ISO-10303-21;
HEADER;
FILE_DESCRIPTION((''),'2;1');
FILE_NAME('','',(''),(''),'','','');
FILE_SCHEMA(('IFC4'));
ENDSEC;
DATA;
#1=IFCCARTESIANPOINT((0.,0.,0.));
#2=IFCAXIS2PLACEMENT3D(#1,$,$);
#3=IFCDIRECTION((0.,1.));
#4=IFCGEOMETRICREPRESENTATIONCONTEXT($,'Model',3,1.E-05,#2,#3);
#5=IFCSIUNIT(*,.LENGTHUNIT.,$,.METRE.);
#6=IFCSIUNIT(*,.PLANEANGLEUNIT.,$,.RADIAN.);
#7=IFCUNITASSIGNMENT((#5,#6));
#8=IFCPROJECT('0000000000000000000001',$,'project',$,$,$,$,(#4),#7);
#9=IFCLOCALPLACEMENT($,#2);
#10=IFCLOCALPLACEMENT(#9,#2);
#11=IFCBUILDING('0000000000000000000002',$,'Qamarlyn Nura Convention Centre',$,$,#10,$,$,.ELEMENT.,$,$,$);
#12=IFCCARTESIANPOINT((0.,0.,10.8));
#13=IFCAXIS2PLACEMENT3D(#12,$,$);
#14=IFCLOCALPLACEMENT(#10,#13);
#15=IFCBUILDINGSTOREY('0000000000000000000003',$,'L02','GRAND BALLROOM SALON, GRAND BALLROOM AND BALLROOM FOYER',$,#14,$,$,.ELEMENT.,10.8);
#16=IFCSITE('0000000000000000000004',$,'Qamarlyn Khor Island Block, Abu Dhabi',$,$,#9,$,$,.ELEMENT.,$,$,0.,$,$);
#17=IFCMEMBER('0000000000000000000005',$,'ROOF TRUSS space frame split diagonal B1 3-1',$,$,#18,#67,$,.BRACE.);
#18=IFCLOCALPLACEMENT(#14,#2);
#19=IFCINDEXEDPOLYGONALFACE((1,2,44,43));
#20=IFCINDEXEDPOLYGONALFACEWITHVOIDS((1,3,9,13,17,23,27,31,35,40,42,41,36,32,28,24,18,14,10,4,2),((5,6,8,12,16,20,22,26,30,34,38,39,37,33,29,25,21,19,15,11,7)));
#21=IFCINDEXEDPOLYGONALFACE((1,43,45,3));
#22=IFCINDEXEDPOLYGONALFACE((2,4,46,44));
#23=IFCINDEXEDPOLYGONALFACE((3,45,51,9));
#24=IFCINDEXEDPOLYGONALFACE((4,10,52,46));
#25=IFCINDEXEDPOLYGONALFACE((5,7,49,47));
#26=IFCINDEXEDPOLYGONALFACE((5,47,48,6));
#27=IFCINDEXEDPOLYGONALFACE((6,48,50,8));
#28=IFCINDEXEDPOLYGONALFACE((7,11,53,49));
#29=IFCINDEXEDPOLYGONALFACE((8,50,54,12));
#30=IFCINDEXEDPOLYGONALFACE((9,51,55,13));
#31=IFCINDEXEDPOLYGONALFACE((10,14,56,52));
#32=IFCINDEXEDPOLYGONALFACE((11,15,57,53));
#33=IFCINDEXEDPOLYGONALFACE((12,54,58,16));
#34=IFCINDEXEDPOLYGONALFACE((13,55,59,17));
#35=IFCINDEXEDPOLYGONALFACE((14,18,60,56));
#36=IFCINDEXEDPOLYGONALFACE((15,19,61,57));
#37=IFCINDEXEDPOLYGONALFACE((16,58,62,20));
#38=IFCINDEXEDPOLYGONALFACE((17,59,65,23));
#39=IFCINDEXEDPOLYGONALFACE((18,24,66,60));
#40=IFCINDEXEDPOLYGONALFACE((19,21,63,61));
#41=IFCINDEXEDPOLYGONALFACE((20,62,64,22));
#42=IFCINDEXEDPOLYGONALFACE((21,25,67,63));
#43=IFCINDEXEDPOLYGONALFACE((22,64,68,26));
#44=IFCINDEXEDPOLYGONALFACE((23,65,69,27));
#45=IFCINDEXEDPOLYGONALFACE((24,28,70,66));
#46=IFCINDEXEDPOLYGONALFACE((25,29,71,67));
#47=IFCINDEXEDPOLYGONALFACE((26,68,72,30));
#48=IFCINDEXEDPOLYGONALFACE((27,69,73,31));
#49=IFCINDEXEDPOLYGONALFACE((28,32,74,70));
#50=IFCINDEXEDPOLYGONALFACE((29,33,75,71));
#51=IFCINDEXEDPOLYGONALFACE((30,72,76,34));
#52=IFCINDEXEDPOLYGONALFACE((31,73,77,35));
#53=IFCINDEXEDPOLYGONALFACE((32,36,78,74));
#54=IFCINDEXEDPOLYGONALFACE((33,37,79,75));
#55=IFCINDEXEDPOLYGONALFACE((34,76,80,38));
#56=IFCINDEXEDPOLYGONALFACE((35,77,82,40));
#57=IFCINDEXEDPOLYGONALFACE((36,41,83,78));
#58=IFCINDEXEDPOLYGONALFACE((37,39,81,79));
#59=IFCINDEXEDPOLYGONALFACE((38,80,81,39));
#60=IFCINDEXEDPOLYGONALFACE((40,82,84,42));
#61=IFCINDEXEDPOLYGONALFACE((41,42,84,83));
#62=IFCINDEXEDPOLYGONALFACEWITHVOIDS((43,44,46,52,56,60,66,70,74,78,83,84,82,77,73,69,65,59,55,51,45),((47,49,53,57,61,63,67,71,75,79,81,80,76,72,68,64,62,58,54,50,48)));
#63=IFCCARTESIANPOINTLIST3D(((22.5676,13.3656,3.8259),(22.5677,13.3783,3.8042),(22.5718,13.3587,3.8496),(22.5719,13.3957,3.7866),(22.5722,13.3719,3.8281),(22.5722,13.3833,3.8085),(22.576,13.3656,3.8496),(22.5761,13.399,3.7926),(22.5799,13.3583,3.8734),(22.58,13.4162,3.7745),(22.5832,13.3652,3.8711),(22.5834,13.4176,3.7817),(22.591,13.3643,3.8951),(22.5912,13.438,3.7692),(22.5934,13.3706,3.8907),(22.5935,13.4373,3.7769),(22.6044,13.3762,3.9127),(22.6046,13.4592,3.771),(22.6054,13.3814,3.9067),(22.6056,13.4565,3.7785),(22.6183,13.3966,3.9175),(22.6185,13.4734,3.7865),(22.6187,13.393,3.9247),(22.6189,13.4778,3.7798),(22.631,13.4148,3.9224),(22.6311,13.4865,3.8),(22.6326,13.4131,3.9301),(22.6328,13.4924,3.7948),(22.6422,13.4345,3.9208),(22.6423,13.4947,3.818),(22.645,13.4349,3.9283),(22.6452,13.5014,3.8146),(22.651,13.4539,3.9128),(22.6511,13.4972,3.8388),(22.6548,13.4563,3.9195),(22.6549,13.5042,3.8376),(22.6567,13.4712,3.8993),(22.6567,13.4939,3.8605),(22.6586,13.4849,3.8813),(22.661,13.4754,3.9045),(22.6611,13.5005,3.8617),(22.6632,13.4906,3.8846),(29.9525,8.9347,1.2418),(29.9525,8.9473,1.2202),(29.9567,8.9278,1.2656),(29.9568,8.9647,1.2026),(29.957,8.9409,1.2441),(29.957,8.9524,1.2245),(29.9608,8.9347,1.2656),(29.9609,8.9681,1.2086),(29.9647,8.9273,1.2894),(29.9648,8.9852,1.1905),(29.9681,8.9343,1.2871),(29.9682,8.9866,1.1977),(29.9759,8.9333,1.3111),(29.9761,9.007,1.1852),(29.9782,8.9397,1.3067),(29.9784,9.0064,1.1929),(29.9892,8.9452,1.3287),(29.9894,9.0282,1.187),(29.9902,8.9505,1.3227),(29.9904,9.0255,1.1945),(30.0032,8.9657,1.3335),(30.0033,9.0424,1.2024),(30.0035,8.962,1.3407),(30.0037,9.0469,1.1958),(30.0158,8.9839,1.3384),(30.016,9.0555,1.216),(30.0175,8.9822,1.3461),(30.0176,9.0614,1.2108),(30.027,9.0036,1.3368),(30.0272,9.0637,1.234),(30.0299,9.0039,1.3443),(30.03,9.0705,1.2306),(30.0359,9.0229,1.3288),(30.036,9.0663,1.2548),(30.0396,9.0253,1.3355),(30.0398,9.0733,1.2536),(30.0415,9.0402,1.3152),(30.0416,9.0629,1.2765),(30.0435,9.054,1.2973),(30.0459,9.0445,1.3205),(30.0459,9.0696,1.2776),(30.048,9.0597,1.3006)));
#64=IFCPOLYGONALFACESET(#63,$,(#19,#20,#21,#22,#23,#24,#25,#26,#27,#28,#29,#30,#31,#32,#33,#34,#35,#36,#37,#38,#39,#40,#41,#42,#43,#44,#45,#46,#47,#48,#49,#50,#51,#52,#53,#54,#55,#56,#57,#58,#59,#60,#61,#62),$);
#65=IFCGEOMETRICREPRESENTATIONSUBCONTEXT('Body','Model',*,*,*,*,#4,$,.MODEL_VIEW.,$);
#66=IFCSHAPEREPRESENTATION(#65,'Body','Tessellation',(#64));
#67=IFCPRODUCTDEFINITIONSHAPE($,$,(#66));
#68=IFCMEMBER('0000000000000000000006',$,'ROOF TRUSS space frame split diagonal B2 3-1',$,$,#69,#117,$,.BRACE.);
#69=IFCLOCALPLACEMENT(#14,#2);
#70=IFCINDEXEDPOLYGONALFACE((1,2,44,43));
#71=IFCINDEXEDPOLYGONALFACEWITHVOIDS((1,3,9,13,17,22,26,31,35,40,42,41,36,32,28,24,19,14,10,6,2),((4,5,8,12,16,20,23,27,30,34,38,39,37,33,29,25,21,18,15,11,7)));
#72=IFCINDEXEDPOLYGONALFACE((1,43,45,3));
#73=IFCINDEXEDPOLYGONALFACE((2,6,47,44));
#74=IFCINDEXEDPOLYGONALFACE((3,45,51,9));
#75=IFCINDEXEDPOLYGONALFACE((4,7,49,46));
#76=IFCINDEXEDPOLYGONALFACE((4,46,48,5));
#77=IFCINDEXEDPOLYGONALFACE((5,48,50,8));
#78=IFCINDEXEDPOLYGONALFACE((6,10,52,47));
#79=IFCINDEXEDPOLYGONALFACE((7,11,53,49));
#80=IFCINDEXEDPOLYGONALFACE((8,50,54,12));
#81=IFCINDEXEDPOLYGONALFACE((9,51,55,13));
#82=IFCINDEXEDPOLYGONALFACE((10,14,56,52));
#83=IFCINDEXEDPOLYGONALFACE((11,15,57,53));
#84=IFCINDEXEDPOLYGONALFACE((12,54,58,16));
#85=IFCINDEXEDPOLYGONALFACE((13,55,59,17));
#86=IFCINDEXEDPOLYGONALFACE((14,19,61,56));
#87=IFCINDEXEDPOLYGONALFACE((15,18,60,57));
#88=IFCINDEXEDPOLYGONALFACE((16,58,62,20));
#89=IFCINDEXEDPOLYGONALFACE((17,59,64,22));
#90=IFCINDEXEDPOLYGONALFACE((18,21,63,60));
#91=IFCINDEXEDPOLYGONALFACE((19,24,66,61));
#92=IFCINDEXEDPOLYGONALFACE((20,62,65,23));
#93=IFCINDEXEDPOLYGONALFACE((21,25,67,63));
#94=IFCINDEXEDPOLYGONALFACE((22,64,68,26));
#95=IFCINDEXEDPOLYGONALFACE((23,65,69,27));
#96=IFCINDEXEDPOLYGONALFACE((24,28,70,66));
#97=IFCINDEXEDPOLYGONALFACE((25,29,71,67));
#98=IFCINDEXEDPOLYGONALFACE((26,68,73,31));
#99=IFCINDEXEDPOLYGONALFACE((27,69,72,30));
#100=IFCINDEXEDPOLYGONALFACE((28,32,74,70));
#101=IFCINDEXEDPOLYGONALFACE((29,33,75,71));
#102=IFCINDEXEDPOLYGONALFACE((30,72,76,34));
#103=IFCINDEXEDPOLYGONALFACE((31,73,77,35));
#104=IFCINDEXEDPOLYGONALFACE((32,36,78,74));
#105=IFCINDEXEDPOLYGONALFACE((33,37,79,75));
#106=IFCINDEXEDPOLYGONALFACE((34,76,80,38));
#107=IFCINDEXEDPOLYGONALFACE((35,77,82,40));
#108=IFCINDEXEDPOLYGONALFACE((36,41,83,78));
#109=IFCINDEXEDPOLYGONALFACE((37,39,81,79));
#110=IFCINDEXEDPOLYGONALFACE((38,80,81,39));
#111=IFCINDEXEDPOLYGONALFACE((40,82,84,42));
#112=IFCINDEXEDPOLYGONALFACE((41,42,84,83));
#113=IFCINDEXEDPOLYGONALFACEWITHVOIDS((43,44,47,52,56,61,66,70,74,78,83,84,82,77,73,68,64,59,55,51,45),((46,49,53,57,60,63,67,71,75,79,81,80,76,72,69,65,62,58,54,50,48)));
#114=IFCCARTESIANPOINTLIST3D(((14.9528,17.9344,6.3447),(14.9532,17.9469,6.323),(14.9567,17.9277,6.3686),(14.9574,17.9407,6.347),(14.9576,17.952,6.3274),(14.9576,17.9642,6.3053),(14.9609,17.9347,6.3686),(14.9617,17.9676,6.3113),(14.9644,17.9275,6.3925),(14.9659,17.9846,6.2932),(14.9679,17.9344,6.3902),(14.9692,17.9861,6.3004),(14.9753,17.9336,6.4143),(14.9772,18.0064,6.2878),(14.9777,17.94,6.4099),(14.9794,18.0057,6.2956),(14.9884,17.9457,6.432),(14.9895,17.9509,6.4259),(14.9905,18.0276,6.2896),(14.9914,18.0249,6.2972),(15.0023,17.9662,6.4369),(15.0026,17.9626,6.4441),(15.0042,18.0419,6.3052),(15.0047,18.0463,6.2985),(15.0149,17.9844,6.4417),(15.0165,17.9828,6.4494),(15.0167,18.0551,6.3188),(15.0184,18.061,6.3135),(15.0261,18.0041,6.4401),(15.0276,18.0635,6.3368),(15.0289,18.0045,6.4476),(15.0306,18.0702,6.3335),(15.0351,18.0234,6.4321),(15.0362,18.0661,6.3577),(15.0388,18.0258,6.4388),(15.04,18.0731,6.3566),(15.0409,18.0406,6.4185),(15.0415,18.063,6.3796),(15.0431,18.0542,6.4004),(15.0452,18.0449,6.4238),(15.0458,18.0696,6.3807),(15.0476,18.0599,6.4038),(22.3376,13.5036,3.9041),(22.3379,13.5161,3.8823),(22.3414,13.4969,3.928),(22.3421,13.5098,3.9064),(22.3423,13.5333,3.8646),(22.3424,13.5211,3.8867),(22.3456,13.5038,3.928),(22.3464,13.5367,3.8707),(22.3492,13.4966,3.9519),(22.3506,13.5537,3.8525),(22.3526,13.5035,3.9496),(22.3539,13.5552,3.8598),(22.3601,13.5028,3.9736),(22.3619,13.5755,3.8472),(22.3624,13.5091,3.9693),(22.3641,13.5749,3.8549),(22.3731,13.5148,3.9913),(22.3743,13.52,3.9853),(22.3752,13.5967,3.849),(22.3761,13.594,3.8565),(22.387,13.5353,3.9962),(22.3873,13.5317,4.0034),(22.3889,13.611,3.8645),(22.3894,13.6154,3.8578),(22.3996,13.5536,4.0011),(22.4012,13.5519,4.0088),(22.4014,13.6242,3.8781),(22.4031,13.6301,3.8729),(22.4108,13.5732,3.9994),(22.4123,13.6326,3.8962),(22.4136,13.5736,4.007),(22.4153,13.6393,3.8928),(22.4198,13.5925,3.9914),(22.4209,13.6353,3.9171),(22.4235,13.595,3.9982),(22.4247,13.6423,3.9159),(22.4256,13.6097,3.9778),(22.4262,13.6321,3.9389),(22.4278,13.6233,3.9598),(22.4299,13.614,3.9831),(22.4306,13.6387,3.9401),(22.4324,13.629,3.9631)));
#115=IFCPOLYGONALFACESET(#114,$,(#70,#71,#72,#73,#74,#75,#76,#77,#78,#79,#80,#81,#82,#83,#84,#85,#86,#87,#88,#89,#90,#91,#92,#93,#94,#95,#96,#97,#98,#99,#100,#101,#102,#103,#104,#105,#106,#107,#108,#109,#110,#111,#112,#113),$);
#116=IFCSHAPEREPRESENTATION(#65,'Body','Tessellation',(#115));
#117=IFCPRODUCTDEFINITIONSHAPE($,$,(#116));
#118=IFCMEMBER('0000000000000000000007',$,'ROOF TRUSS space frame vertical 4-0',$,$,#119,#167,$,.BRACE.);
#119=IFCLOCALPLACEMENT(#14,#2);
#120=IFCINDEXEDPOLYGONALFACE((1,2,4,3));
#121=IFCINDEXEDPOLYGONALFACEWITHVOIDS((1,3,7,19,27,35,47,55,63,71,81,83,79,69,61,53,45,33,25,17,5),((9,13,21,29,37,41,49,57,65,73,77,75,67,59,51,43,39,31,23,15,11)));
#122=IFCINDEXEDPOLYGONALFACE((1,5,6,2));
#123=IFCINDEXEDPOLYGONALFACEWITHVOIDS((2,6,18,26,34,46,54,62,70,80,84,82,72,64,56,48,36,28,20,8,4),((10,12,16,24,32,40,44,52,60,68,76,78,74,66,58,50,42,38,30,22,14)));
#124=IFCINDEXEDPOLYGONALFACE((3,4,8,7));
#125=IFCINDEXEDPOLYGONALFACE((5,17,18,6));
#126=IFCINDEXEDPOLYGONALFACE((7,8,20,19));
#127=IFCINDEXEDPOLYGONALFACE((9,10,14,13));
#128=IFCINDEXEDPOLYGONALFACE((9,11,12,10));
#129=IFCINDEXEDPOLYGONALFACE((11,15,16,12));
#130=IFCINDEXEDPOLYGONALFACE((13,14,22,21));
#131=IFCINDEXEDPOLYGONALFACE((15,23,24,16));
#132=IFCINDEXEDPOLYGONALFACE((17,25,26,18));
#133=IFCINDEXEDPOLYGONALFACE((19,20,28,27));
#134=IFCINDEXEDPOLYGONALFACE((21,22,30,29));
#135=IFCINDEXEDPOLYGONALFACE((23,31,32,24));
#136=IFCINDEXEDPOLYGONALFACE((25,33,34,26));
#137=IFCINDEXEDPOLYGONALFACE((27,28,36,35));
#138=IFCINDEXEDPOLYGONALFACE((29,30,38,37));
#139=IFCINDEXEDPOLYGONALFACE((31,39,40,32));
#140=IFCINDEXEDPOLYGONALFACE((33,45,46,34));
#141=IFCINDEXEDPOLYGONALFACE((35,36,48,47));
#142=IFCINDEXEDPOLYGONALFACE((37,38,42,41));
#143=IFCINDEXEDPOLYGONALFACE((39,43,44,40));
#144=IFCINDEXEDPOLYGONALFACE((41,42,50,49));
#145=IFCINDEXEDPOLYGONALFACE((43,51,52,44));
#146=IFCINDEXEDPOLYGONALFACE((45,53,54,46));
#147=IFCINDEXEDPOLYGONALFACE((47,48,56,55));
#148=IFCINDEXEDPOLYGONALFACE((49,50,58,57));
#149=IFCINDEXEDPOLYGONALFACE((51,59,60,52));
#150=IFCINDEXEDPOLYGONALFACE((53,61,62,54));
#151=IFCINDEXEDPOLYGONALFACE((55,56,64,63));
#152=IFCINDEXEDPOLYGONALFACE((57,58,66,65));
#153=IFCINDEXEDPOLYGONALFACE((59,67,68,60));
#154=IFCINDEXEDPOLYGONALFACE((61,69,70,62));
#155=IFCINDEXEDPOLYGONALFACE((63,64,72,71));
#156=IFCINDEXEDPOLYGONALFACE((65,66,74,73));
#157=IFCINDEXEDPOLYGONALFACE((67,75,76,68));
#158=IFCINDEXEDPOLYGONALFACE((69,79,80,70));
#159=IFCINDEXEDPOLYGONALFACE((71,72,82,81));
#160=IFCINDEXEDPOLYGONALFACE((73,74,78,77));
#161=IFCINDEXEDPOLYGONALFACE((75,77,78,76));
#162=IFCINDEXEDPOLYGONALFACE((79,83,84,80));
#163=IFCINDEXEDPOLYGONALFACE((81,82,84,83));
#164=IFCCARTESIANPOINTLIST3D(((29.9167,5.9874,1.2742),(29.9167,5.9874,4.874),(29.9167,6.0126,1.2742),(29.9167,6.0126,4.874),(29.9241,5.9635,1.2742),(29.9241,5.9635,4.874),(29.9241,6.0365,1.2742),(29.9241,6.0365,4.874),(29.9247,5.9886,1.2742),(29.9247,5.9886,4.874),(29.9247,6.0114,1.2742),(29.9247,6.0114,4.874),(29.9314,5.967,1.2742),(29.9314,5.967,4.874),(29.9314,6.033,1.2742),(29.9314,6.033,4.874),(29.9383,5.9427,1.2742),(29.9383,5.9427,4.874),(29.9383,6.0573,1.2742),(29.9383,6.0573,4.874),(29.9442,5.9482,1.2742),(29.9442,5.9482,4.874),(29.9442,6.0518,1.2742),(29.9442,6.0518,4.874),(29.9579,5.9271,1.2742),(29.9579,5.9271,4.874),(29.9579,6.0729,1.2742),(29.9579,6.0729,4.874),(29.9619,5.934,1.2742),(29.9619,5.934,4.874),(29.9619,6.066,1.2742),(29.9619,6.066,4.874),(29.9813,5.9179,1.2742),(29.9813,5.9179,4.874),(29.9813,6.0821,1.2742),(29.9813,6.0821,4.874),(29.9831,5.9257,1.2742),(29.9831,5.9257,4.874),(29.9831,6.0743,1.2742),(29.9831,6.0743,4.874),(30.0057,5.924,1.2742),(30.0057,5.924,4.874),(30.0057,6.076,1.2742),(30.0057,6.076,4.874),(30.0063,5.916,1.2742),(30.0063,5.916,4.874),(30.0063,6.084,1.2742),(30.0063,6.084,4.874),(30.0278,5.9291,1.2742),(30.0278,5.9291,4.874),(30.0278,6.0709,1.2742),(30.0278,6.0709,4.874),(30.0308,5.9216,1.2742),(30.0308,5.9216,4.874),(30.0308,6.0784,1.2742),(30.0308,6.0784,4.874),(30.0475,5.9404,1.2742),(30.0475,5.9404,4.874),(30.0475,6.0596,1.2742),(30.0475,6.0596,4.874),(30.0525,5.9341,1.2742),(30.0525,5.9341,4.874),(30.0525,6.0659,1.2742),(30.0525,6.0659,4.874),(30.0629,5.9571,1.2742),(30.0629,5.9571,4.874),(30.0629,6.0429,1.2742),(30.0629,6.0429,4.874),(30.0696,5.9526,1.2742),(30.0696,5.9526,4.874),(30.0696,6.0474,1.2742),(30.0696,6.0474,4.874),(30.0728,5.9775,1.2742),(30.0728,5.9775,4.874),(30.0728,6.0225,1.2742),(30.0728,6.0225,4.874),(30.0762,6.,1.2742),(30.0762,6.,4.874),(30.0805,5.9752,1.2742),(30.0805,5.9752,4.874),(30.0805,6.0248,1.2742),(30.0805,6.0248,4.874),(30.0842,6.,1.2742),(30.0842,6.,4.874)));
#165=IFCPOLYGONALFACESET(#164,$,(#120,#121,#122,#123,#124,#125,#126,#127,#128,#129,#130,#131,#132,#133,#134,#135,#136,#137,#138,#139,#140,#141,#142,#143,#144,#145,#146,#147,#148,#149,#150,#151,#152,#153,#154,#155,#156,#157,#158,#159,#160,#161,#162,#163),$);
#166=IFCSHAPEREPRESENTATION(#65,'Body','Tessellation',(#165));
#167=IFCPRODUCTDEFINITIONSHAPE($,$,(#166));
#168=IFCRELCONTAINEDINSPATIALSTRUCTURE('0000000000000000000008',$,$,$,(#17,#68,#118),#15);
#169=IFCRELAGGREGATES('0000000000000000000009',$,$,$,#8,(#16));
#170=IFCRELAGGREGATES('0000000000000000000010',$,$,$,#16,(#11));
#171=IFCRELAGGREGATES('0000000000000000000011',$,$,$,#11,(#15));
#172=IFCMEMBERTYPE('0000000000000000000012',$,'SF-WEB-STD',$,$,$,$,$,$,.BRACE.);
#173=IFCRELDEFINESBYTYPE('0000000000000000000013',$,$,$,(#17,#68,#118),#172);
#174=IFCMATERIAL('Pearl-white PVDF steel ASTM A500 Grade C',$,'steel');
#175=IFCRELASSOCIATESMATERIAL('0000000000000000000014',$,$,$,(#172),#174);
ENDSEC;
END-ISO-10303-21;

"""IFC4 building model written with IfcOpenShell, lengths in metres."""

from ifc_helpers import new_model, si_unit, direction, frame, origin, origin_2d, place, context, subcontext, project, spatial, hollow_circle, extrude, material, material_profile, profile_set, type_object, element, save


model = new_model("IFC4")

# Units and contexts
model_context = context("Model", 3, precision=1e-05, world=origin(), true_north=direction((0.0, 1.0)))
body_context = subcontext(model_context, "Body", "Model", "MODEL_VIEW")
ifc_project = project(units=[si_unit("LENGTHUNIT", "METRE"), si_unit("PLANEANGLEUNIT", "RADIAN")], contexts=[model_context])

# Site, building, storey
site_placement = place(None, origin())
site = spatial("IfcSite", under=ifc_project, at=site_placement, Name="Qamarlyn Khor Island Block, Abu Dhabi", CompositionType="ELEMENT", RefElevation=0.0)
building_placement = place(site_placement, origin())
building = spatial("IfcBuilding", under=site, at=building_placement, Name="Qamarlyn Nura Convention Centre", CompositionType="ELEMENT")
storey_placement = place(building_placement, frame((0.0, 0.0, 10.8)))
storey = spatial("IfcBuildingStorey", under=building, at=storey_placement, Name="L02", Description="GRAND BALLROOM SALON, GRAND BALLROOM AND BALLROOM FOYER", CompositionType="ELEMENT", Elevation=10.8)

# Members
ifc_material_1 = material(Name="Pearl-white PVDF steel ASTM A500 Grade C", Category="steel")
ifc_material_profile_1 = material_profile(ifc_material_1, hollow_circle(Radius=0.0842, WallThickness=0.0081, at=origin_2d()), Name="CHS168.3X8")
ifc_profile_set_1 = profile_set([ifc_material_profile_1], Name="Pearl-white PVDF steel ASTM A500 Grade C")
member_type_1 = type_object("IfcMemberType", Name="SF-WEB-STD", PredefinedType="BRACE", material=ifc_profile_set_1)
member_1_placement = place(storey_placement, frame((30.0, 9.0, 1.2656), z_axis=(-0.821317, 0.492796, 0.287385), x_axis=(-0.5145, -0.85749, 0.0)))
element("IfcMember", 1, at=member_1_placement, inside=storey, type_object=member_type_1, Name="ROOF TRUSS space frame split diagonal B1 3-1", PredefinedType="BRACE", context=body_context, shape_type="SweptSolid", body=[
    extrude(hollow_circle(Radius=0.0842, WallThickness=0.0081, at=origin_2d()), origin(), (0.0, 0.0, 1.0), 8.9915),
])
member_2_placement = place(storey_placement, frame((22.3848, 13.5691, 3.928), z_axis=(-0.825, 0.495005, 0.272663), x_axis=(-0.5145, -0.85749, 0.0)))
element("IfcMember", 2, at=member_2_placement, inside=storey, type_object=member_type_1, Name="ROOF TRUSS space frame split diagonal B2 3-1", PredefinedType="BRACE", context=body_context, shape_type="SweptSolid", body=[
    extrude(hollow_circle(Radius=0.0842, WallThickness=0.0081, at=origin_2d()), origin(), (0.0, 0.0, 1.0), 8.9512),
])
member_3_placement = place(storey_placement, frame((30.0, 6.0, 1.2742), z_axis=(0.0, 0.0, 1.0), x_axis=(1.0, 0.0, 0.0)))
element("IfcMember", 3, at=member_3_placement, inside=storey, type_object=member_type_1, Name="ROOF TRUSS space frame vertical 4-0", PredefinedType="BRACE", context=body_context, shape_type="SweptSolid", body=[
    extrude(hollow_circle(Radius=0.0842, WallThickness=0.0081, at=origin_2d()), origin(), (0.0, 0.0, 1.0), 3.5999),
])

save(model, "model.ifc")
